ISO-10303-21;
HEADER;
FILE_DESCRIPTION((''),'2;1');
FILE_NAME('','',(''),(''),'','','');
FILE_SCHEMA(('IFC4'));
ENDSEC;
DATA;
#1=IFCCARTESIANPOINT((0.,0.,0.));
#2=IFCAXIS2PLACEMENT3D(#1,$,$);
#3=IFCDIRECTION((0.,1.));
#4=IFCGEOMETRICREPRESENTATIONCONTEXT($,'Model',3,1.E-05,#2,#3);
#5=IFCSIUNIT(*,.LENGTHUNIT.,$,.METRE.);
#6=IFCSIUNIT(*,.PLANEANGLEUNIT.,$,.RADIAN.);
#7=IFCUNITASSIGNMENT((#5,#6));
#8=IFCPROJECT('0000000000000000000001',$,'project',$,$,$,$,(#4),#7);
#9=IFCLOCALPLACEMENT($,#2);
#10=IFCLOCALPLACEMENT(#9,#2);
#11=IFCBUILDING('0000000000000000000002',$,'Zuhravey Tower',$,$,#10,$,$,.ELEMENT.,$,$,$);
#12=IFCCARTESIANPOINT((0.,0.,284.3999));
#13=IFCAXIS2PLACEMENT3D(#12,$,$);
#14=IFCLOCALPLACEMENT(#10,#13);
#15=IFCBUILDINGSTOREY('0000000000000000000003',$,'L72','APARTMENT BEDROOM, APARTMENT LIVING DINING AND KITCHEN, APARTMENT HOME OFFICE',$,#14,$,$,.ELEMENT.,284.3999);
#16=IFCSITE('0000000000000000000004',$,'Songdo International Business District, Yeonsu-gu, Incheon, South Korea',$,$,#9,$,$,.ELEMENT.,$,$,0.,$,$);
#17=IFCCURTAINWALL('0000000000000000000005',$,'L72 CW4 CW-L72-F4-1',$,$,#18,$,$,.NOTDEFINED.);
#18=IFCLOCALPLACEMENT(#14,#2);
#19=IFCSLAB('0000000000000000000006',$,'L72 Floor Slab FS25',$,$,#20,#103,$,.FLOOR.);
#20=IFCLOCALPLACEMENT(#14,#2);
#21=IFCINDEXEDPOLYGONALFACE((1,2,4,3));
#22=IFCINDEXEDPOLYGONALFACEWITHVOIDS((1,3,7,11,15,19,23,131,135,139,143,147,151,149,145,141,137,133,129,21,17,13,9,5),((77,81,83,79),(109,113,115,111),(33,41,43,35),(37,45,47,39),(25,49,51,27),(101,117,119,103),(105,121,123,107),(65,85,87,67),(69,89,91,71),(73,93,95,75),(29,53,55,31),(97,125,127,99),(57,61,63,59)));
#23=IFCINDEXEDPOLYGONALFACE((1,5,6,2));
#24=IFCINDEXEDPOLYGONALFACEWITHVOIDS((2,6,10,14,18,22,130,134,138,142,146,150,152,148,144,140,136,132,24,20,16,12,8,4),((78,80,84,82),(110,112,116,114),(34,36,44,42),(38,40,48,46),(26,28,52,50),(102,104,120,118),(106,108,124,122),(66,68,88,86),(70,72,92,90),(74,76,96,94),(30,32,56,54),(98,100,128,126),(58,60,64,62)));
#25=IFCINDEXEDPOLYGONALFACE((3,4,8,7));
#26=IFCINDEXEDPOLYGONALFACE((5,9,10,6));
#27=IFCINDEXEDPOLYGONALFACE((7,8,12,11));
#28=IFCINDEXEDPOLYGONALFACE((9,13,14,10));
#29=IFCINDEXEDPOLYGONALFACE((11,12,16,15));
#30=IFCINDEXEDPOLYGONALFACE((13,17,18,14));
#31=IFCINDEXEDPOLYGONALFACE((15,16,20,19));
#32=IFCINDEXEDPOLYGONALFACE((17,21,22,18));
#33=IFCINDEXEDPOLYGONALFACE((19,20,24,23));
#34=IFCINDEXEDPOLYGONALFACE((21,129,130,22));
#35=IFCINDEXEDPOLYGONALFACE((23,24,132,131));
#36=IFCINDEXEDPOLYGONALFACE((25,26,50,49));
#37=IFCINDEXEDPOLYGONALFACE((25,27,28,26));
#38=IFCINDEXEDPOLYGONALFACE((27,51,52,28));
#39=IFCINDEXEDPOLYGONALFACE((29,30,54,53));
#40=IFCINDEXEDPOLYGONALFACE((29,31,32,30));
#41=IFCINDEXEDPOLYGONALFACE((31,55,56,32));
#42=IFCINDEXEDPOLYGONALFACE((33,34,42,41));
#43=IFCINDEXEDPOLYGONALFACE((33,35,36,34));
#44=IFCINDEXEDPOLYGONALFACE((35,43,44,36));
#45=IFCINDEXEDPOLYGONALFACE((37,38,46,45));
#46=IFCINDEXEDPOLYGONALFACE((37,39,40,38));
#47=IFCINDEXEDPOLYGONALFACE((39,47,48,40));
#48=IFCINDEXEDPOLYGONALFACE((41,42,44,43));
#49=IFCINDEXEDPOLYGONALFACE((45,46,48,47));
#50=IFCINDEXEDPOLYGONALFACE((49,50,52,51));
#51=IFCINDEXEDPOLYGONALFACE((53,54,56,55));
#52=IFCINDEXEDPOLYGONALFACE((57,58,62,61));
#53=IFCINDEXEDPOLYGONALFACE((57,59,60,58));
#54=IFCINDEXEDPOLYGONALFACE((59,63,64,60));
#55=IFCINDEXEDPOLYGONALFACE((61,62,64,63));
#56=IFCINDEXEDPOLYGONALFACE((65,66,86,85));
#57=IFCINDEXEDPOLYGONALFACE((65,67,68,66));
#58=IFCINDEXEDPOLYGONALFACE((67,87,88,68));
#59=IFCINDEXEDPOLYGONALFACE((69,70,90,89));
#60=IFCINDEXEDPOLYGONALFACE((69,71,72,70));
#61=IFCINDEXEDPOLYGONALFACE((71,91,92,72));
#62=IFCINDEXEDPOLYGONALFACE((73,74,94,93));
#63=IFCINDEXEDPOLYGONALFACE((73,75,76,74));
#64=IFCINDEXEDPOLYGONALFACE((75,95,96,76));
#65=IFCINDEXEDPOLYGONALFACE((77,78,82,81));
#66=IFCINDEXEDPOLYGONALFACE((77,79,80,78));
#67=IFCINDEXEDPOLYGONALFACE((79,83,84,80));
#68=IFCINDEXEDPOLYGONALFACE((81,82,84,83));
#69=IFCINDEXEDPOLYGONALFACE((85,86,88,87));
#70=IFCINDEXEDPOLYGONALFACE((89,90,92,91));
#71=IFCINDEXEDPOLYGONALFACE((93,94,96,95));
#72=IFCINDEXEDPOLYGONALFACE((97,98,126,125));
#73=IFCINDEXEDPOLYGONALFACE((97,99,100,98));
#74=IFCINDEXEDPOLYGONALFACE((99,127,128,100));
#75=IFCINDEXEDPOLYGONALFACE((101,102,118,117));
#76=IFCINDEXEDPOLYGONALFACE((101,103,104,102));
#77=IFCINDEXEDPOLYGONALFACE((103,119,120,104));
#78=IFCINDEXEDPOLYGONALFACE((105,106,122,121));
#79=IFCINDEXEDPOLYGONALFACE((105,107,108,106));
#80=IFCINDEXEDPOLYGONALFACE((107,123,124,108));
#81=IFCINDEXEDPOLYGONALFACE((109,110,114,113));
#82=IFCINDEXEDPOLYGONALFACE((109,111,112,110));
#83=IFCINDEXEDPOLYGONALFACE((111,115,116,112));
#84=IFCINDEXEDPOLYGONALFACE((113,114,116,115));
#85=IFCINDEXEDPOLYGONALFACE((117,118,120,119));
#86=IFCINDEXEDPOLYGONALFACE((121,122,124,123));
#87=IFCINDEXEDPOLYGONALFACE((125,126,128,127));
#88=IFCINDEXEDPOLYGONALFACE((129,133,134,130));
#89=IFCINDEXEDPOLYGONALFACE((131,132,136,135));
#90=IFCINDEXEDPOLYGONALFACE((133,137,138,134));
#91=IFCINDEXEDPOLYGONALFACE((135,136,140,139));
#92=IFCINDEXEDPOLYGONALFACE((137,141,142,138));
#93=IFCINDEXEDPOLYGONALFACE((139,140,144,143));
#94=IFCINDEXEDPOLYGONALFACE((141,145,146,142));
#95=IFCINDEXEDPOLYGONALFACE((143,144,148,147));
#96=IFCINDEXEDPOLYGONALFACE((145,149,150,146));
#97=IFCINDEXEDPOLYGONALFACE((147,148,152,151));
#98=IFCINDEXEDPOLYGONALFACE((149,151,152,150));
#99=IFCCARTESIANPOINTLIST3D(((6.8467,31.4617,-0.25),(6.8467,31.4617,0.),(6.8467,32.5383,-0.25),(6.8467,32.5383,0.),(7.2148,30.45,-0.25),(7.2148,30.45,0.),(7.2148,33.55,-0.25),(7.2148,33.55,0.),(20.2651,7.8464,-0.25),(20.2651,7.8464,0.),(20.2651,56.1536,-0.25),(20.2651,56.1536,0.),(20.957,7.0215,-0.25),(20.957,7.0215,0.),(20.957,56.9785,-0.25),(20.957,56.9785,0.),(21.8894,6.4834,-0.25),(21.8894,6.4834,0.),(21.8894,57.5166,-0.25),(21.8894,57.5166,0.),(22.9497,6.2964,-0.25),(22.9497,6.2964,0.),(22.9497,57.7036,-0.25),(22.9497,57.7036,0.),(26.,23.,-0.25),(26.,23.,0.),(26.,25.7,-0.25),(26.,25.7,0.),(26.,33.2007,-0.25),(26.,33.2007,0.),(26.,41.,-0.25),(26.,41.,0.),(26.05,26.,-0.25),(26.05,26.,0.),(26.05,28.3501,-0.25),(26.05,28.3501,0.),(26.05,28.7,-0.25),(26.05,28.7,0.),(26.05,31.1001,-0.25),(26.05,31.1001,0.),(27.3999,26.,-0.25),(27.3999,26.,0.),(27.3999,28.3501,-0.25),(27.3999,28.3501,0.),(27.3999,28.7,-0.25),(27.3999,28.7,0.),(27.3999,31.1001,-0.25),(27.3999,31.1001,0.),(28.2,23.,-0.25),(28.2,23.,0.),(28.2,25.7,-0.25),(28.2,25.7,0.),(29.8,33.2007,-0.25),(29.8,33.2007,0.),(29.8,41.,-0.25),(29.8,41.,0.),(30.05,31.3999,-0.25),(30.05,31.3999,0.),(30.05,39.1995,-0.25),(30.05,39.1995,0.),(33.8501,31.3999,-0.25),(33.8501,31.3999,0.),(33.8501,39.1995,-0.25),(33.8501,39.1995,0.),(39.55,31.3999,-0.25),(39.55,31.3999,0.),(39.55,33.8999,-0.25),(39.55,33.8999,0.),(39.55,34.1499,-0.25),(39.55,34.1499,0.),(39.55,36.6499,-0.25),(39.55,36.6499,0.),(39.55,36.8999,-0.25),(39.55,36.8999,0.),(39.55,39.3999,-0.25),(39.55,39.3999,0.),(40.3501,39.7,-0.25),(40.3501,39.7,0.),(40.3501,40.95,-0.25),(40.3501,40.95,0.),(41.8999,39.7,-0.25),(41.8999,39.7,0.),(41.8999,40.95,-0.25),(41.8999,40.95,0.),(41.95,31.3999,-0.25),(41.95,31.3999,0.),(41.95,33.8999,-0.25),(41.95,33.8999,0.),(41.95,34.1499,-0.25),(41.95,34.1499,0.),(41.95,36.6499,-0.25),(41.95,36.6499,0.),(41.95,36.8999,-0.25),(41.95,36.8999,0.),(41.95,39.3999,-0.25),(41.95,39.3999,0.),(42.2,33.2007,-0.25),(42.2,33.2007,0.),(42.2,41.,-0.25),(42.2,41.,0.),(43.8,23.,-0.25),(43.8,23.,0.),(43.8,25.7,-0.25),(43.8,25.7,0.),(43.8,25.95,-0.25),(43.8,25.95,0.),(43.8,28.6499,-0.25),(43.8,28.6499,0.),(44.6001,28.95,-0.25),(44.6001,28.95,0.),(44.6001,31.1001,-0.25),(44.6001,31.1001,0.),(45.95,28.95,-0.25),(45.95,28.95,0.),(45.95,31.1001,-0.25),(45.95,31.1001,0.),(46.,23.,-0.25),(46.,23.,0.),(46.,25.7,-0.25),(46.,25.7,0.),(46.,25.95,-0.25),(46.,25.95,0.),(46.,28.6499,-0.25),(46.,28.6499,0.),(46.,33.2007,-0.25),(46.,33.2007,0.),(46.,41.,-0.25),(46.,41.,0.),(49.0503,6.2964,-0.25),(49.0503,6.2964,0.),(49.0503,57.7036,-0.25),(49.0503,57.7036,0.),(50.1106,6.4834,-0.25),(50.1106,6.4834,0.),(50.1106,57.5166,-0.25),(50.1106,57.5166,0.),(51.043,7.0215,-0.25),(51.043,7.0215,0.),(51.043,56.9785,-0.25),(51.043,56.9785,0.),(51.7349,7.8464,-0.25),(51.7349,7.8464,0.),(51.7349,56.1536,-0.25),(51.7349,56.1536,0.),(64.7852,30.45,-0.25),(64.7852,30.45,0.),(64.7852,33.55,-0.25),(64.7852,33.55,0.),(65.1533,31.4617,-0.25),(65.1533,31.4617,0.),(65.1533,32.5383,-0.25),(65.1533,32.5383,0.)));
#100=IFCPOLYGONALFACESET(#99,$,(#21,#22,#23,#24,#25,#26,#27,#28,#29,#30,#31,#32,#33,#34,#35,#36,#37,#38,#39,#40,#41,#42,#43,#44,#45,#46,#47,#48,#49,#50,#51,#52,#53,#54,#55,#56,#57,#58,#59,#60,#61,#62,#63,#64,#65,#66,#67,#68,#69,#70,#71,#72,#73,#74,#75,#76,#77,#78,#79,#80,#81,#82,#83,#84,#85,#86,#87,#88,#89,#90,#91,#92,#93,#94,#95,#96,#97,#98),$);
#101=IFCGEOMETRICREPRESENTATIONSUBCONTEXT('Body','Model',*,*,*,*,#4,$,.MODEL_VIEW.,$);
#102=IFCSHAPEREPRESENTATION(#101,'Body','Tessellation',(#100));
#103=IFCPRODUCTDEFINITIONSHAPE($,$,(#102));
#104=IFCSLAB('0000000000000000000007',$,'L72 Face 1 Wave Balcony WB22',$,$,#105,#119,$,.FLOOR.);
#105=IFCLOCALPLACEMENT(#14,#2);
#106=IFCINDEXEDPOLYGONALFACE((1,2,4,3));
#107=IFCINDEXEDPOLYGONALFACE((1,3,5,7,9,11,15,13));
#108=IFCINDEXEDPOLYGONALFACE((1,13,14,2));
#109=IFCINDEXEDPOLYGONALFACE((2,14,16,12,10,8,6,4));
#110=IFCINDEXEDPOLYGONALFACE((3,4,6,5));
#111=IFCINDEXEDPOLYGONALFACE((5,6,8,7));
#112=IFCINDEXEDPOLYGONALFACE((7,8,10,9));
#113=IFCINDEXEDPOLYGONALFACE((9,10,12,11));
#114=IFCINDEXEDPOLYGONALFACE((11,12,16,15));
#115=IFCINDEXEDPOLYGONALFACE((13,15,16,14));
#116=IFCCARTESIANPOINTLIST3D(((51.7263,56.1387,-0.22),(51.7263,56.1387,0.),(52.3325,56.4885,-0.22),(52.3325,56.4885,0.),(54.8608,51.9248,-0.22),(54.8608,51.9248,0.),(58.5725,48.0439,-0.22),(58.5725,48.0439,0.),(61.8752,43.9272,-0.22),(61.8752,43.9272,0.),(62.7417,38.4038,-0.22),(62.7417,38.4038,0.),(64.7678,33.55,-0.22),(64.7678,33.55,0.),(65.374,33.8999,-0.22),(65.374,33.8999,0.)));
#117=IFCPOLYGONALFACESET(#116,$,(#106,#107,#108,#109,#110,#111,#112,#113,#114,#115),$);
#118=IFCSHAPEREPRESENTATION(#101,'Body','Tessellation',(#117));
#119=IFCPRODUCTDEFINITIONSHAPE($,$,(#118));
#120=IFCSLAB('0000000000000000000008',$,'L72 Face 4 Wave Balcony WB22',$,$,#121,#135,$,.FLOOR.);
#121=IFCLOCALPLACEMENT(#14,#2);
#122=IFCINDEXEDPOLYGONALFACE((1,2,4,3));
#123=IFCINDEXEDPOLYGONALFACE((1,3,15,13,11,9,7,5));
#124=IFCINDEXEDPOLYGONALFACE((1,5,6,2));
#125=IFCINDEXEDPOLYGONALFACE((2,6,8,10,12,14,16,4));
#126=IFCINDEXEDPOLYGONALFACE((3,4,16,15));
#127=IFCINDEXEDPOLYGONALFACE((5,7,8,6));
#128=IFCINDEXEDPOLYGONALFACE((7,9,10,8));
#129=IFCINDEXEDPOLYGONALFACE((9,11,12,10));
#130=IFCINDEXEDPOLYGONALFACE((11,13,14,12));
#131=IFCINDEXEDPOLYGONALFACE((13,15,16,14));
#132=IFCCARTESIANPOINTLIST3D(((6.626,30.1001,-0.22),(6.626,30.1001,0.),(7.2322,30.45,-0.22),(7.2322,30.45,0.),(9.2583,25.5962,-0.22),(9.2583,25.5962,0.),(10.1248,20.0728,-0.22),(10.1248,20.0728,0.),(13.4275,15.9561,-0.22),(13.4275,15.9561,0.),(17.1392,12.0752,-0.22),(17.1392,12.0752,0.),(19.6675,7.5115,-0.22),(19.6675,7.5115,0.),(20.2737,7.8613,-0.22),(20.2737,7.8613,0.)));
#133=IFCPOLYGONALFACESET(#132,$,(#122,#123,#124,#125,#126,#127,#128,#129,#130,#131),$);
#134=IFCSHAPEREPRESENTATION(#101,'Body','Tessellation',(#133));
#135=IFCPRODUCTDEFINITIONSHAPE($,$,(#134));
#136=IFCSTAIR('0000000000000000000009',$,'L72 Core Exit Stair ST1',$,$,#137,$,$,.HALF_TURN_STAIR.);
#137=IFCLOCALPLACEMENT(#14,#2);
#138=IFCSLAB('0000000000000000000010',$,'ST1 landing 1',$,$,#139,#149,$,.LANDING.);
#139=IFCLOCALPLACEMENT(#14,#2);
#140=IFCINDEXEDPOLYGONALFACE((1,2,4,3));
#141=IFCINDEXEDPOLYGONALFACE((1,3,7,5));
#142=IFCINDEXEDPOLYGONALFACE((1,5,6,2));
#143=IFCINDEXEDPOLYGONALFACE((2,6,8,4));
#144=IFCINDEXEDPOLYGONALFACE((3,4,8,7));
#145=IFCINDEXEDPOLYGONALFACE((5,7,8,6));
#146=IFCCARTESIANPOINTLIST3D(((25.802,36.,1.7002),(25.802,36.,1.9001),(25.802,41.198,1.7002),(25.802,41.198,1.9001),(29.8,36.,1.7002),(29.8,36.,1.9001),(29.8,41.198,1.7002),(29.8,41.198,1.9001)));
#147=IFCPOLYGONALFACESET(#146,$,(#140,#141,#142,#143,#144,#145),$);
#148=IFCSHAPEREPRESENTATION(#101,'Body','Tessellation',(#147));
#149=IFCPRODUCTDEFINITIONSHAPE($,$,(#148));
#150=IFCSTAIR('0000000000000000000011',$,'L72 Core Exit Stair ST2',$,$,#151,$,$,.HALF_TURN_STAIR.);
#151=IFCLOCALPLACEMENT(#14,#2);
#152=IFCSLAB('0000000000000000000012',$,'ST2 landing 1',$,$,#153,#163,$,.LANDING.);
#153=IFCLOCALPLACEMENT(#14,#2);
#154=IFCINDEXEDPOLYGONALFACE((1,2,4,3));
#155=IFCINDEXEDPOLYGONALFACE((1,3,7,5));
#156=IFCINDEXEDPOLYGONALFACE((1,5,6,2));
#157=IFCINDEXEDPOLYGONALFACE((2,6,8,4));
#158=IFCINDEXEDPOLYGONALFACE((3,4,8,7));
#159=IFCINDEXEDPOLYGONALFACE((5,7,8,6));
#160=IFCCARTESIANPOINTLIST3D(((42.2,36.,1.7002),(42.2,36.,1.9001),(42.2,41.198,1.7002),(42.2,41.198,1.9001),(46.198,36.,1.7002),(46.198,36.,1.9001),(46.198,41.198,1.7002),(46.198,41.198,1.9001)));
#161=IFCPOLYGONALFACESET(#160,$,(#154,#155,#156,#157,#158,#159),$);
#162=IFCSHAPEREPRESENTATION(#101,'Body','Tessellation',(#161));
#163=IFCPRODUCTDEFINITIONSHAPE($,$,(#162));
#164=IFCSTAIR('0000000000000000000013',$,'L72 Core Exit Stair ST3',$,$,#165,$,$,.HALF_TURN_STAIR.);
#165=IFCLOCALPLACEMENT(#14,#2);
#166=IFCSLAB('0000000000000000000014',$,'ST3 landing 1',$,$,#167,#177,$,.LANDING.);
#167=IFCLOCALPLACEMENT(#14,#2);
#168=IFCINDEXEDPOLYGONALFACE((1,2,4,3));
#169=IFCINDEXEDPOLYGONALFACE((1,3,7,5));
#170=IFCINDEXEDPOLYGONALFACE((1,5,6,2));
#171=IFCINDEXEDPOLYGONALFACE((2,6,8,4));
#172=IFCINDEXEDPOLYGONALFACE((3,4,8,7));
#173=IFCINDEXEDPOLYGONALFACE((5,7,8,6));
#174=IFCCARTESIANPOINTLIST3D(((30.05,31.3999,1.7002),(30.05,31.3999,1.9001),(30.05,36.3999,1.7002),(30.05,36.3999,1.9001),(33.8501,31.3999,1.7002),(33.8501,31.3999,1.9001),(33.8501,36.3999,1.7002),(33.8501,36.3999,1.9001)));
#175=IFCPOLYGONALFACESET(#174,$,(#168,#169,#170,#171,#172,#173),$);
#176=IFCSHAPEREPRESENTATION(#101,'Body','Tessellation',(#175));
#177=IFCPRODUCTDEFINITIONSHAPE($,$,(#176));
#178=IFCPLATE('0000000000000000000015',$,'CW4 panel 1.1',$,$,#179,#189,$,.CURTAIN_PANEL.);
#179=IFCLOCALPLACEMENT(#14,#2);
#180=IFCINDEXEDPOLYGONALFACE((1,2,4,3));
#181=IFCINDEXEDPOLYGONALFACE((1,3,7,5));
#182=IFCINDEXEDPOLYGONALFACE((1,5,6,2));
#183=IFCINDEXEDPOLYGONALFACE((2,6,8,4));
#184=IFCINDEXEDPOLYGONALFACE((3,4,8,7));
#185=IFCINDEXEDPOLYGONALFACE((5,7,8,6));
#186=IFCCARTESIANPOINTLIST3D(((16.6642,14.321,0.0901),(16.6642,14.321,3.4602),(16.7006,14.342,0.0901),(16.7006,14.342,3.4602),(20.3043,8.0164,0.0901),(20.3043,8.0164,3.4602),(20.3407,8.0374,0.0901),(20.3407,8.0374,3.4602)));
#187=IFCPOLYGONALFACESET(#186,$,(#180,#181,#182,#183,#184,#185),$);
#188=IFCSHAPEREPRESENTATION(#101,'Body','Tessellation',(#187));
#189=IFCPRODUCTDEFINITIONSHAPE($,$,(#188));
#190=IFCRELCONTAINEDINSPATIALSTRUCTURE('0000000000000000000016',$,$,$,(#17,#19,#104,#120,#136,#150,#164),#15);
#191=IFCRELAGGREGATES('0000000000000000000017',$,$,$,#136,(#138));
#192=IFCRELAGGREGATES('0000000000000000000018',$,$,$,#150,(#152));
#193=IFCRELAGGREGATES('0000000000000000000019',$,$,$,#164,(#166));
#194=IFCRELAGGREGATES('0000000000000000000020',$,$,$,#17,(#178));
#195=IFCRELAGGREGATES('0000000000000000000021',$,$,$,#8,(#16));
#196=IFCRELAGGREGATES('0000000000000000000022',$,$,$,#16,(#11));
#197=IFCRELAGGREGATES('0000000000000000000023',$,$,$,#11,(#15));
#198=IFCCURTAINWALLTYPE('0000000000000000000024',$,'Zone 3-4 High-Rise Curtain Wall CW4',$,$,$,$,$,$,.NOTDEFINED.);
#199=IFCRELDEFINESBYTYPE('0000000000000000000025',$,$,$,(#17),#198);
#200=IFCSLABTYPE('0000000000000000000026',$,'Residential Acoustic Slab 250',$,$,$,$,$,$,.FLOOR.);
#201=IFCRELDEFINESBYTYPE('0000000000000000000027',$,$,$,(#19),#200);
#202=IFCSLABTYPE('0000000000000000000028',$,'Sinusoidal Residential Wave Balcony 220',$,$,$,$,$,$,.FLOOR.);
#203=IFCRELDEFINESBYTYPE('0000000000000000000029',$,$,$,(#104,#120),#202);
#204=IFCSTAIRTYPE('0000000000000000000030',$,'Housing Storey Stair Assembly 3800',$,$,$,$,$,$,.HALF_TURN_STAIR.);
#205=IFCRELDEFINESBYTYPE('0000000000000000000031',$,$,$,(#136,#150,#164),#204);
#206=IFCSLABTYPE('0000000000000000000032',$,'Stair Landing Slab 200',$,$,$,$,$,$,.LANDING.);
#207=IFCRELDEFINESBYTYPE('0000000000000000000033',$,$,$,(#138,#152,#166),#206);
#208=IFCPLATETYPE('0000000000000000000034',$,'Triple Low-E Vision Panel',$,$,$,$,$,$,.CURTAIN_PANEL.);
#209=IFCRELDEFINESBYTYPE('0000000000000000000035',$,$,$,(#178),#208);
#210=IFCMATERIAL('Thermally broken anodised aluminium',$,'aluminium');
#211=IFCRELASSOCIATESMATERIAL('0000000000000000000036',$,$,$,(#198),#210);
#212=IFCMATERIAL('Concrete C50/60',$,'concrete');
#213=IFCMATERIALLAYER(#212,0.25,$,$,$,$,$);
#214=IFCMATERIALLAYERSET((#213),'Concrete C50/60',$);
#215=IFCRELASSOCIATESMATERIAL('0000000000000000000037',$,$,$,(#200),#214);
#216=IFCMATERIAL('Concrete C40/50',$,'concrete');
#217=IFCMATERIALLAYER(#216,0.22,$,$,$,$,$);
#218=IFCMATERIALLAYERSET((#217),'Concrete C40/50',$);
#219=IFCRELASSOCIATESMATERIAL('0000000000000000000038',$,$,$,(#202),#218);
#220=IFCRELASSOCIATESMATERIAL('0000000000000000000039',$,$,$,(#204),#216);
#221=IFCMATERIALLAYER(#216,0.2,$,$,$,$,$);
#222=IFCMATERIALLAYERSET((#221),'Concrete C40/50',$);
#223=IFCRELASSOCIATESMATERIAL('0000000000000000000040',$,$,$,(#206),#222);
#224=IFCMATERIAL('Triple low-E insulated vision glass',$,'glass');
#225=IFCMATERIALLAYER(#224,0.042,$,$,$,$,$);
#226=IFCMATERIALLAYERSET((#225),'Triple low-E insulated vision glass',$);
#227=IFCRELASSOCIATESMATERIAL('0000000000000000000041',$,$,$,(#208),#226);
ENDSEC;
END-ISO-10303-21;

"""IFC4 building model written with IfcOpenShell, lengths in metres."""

from ifc_helpers import new_model, si_unit, direction, frame, origin, origin_2d, place, context, subcontext, project, spatial, polyline, rectangle, outline, extrude, material, layer, layer_set, type_object, element, aggregate, save


model = new_model("IFC4")

# Units and contexts
model_context = context("Model", 3, precision=1e-05, world=origin(), true_north=direction((0.0, 1.0)))
body_context = subcontext(model_context, "Body", "Model", "MODEL_VIEW")
ifc_project = project(units=[si_unit("LENGTHUNIT", "METRE"), si_unit("PLANEANGLEUNIT", "RADIAN")], contexts=[model_context])

# Site, building, storey
site_placement = place(None, origin())
site = spatial("IfcSite", under=ifc_project, at=site_placement, Name="Songdo International Business District, Yeonsu-gu, Incheon, South Korea", CompositionType="ELEMENT", RefElevation=0.0)
building_placement = place(site_placement, origin())
building = spatial("IfcBuilding", under=site, at=building_placement, Name="Zuhravey Tower", CompositionType="ELEMENT")
storey_placement = place(building_placement, frame((0.0, 0.0, 284.3999)))
storey = spatial("IfcBuildingStorey", under=building, at=storey_placement, Name="L72", Description="APARTMENT BEDROOM, APARTMENT LIVING DINING AND KITCHEN, APARTMENT HOME OFFICE", CompositionType="ELEMENT", Elevation=284.3999)

# Shared definitions
ifc_material_1 = material(Name="Concrete C50/60", Category="concrete")

# Curtain wall
ifc_material_2 = material(Name="Thermally broken anodised aluminium", Category="aluminium")
curtain_wall_type = type_object("IfcCurtainWallType", Name="Zone 3-4 High-Rise Curtain Wall CW4", PredefinedType="NOTDEFINED", material=ifc_material_2)
curtain_wall_1_placement = place(storey_placement, origin())
curtain_wall_1 = element("IfcCurtainWall", 1, at=curtain_wall_1_placement, inside=storey, type_object=curtain_wall_type, Name="L72 CW4 CW-L72-F4-1", PredefinedType="NOTDEFINED")

# Slabs
ifc_layer_1 = layer(ifc_material_1, 0.25)
ifc_layer_set_1 = layer_set([ifc_layer_1], Name="Concrete C50/60")
slab_type_1 = type_object("IfcSlabType", Name="Residential Acoustic Slab 250", PredefinedType="FLOOR", material=ifc_layer_set_1)
slab_1_placement = place(storey_placement, frame((0.0, 0.0, -0.25)))
element("IfcSlab", 2, at=slab_1_placement, inside=storey, type_object=slab_type_1, Name="L72 Floor Slab FS25", PredefinedType="FLOOR", context=body_context, shape_type="SweptSolid", body=[
    extrude(outline(polyline([(64.7852, 30.45), (65.1533, 31.4617), (65.1533, 32.5383), (64.7852, 33.55), (51.7349, 56.1536), (51.043, 56.9785), (50.1106, 57.5166), (49.0503, 57.7036), (22.9497, 57.7036), (21.8894, 57.5166), (20.957, 56.9785), (20.2651, 56.1536), (7.2148, 33.55), (6.8467, 32.5383), (6.8467, 31.4617), (7.2148, 30.45), (20.2651, 7.8464), (20.957, 7.0215), (21.8894, 6.4834), (22.9497, 6.2964), (49.0503, 6.2964), (50.1106, 6.4834), (51.043, 7.0215), (51.7349, 7.8464), (64.7852, 30.45)]), holes=[polyline([(29.8, 33.2007), (29.8, 41.0), (26.0, 41.0), (26.0, 33.2007), (29.8, 33.2007)]), polyline([(46.0, 33.2007), (46.0, 41.0), (42.2, 41.0), (42.2, 33.2007), (46.0, 33.2007)]), polyline([(30.05, 39.1995), (30.05, 31.3999), (33.8501, 31.3999), (33.8501, 39.1995), (30.05, 39.1995)]), polyline([(39.55, 31.3999), (41.95, 31.3999), (41.95, 33.8999), (39.55, 33.8999), (39.55, 31.3999)]), polyline([(39.55, 34.1499), (41.95, 34.1499), (41.95, 36.6499), (39.55, 36.6499), (39.55, 34.1499)]), polyline([(39.55, 36.8999), (41.95, 36.8999), (41.95, 39.3999), (39.55, 39.3999), (39.55, 36.8999)]), polyline([(26.0, 23.0), (28.2, 23.0), (28.2, 25.7), (26.0, 25.7), (26.0, 23.0)]), polyline([(43.8, 23.0), (46.0, 23.0), (46.0, 25.7), (43.8, 25.7), (43.8, 23.0)]), polyline([(43.8, 25.95), (46.0, 25.95), (46.0, 28.6499), (43.8, 28.6499), (43.8, 25.95)]), polyline([(26.05, 26.0), (27.3999, 26.0), (27.3999, 28.3501), (26.05, 28.3501), (26.05, 26.0)]), polyline([(26.05, 28.7), (27.3999, 28.7), (27.3999, 31.1001), (26.05, 31.1001), (26.05, 28.7)]), polyline([(44.6001, 28.95), (45.95, 28.95), (45.95, 31.1001), (44.6001, 31.1001), (44.6001, 28.95)]), polyline([(40.3501, 39.7), (41.8999, 39.7), (41.8999, 40.95), (40.3501, 40.95), (40.3501, 39.7)])]), origin(), (0.0, 0.0, 1.0), 0.25),
])
ifc_material_3 = material(Name="Concrete C40/50", Category="concrete")
ifc_layer_2 = layer(ifc_material_3, 0.22)
ifc_layer_set_2 = layer_set([ifc_layer_2], Name="Concrete C40/50")
slab_type_2 = type_object("IfcSlabType", Name="Sinusoidal Residential Wave Balcony 220", PredefinedType="FLOOR", material=ifc_layer_set_2)
slab_2_placement = place(storey_placement, frame((0.0, 0.0, -0.22)))
element("IfcSlab", 3, at=slab_2_placement, inside=storey, type_object=slab_type_2, Name="L72 Face 1 Wave Balcony WB22", PredefinedType="FLOOR", context=body_context, shape_type="SweptSolid", body=[
    extrude(outline(polyline([(64.7678, 33.55), (51.7263, 56.1387), (52.3325, 56.4885), (54.8608, 51.9248), (58.5725, 48.0439), (61.8752, 43.9272), (62.7417, 38.4038), (65.374, 33.8999), (64.7678, 33.55)])), origin(), (0.0, 0.0, 1.0), 0.22),
])
slab_3_placement = place(storey_placement, frame((0.0, 0.0, -0.22)))
element("IfcSlab", 4, at=slab_3_placement, inside=storey, type_object=slab_type_2, Name="L72 Face 4 Wave Balcony WB22", PredefinedType="FLOOR", context=body_context, shape_type="SweptSolid", body=[
    extrude(outline(polyline([(7.2322, 30.45), (20.2737, 7.8613), (19.6675, 7.5115), (17.1392, 12.0752), (13.4275, 15.9561), (10.1248, 20.0728), (9.2583, 25.5962), (6.626, 30.1001), (7.2322, 30.45)])), origin(), (0.0, 0.0, 1.0), 0.22),
])

# Stairs, slabs
stair_type = type_object("IfcStairType", Name="Housing Storey Stair Assembly 3800", PredefinedType="HALF_TURN_STAIR", material=ifc_material_3)
stair_1_placement = place(storey_placement, origin())
stair_1 = element("IfcStair", 5, at=stair_1_placement, inside=storey, type_object=stair_type, Name="L72 Core Exit Stair ST1", PredefinedType="HALF_TURN_STAIR")
ifc_layer_3 = layer(ifc_material_3, 0.2)
ifc_layer_set_3 = layer_set([ifc_layer_3], Name="Concrete C40/50")
slab_type_3 = type_object("IfcSlabType", Name="Stair Landing Slab 200", PredefinedType="LANDING", material=ifc_layer_set_3)
slab_4_placement = place(storey_placement, frame((0.0, 0.0, 1.7002)))
slab_4 = element("IfcSlab", 6, at=slab_4_placement, type_object=slab_type_3, Name="ST1 landing 1", PredefinedType="LANDING", context=body_context, shape_type="SweptSolid", body=[
    extrude(outline(polyline([(29.8, 36.0), (29.8, 41.198), (25.802, 41.198), (25.802, 36.0), (29.8, 36.0)])), origin(), (0.0, 0.0, 1.0), 0.2),
])
aggregate(stair_1, [slab_4])
stair_2_placement = place(storey_placement, origin())
stair_2 = element("IfcStair", 7, at=stair_2_placement, inside=storey, type_object=stair_type, Name="L72 Core Exit Stair ST2", PredefinedType="HALF_TURN_STAIR")
slab_5_placement = place(storey_placement, frame((0.0, 0.0, 1.7002)))
slab_5 = element("IfcSlab", 8, at=slab_5_placement, type_object=slab_type_3, Name="ST2 landing 1", PredefinedType="LANDING", context=body_context, shape_type="SweptSolid", body=[
    extrude(outline(polyline([(46.198, 36.0), (46.198, 41.198), (42.2, 41.198), (42.2, 36.0), (46.198, 36.0)])), origin(), (0.0, 0.0, 1.0), 0.2),
])
aggregate(stair_2, [slab_5])
stair_3_placement = place(storey_placement, origin())
stair_3 = element("IfcStair", 9, at=stair_3_placement, inside=storey, type_object=stair_type, Name="L72 Core Exit Stair ST3", PredefinedType="HALF_TURN_STAIR")
slab_6_placement = place(storey_placement, frame((0.0, 0.0, 1.7002)))
slab_6 = element("IfcSlab", 10, at=slab_6_placement, type_object=slab_type_3, Name="ST3 landing 1", PredefinedType="LANDING", context=body_context, shape_type="SweptSolid", body=[
    extrude(outline(polyline([(30.05, 36.3999), (30.05, 31.3999), (33.8501, 31.3999), (33.8501, 36.3999), (30.05, 36.3999)])), origin(), (0.0, 0.0, 1.0), 0.2),
])
aggregate(stair_3, [slab_6])

# Plate
ifc_material_4 = material(Name="Triple low-E insulated vision glass", Category="glass")
ifc_layer_4 = layer(ifc_material_4, 0.042)
ifc_layer_set_4 = layer_set([ifc_layer_4], Name="Triple low-E insulated vision glass")
plate_type_1 = type_object("IfcPlateType", Name="Triple Low-E Vision Panel", PredefinedType="CURTAIN_PANEL", material=ifc_layer_set_4)
plate_1_placement = place(storey_placement, frame((18.5024, 11.1792, 0.0901), z_axis=(0.0, 0.0, 1.0), x_axis=(-0.500007, 0.866021, 0.0)))
plate_1 = element("IfcPlate", 11, at=plate_1_placement, type_object=plate_type_1, Name="CW4 panel 1.1", PredefinedType="CURTAIN_PANEL", context=body_context, shape_type="SweptSolid", body=[
    extrude(rectangle(XDim=7.28, YDim=0.042, at=origin_2d()), origin(), (0.0, 0.0, 1.0), 3.3701),
])
aggregate(curtain_wall_1, [plate_1])

save(model, "model.ifc")
